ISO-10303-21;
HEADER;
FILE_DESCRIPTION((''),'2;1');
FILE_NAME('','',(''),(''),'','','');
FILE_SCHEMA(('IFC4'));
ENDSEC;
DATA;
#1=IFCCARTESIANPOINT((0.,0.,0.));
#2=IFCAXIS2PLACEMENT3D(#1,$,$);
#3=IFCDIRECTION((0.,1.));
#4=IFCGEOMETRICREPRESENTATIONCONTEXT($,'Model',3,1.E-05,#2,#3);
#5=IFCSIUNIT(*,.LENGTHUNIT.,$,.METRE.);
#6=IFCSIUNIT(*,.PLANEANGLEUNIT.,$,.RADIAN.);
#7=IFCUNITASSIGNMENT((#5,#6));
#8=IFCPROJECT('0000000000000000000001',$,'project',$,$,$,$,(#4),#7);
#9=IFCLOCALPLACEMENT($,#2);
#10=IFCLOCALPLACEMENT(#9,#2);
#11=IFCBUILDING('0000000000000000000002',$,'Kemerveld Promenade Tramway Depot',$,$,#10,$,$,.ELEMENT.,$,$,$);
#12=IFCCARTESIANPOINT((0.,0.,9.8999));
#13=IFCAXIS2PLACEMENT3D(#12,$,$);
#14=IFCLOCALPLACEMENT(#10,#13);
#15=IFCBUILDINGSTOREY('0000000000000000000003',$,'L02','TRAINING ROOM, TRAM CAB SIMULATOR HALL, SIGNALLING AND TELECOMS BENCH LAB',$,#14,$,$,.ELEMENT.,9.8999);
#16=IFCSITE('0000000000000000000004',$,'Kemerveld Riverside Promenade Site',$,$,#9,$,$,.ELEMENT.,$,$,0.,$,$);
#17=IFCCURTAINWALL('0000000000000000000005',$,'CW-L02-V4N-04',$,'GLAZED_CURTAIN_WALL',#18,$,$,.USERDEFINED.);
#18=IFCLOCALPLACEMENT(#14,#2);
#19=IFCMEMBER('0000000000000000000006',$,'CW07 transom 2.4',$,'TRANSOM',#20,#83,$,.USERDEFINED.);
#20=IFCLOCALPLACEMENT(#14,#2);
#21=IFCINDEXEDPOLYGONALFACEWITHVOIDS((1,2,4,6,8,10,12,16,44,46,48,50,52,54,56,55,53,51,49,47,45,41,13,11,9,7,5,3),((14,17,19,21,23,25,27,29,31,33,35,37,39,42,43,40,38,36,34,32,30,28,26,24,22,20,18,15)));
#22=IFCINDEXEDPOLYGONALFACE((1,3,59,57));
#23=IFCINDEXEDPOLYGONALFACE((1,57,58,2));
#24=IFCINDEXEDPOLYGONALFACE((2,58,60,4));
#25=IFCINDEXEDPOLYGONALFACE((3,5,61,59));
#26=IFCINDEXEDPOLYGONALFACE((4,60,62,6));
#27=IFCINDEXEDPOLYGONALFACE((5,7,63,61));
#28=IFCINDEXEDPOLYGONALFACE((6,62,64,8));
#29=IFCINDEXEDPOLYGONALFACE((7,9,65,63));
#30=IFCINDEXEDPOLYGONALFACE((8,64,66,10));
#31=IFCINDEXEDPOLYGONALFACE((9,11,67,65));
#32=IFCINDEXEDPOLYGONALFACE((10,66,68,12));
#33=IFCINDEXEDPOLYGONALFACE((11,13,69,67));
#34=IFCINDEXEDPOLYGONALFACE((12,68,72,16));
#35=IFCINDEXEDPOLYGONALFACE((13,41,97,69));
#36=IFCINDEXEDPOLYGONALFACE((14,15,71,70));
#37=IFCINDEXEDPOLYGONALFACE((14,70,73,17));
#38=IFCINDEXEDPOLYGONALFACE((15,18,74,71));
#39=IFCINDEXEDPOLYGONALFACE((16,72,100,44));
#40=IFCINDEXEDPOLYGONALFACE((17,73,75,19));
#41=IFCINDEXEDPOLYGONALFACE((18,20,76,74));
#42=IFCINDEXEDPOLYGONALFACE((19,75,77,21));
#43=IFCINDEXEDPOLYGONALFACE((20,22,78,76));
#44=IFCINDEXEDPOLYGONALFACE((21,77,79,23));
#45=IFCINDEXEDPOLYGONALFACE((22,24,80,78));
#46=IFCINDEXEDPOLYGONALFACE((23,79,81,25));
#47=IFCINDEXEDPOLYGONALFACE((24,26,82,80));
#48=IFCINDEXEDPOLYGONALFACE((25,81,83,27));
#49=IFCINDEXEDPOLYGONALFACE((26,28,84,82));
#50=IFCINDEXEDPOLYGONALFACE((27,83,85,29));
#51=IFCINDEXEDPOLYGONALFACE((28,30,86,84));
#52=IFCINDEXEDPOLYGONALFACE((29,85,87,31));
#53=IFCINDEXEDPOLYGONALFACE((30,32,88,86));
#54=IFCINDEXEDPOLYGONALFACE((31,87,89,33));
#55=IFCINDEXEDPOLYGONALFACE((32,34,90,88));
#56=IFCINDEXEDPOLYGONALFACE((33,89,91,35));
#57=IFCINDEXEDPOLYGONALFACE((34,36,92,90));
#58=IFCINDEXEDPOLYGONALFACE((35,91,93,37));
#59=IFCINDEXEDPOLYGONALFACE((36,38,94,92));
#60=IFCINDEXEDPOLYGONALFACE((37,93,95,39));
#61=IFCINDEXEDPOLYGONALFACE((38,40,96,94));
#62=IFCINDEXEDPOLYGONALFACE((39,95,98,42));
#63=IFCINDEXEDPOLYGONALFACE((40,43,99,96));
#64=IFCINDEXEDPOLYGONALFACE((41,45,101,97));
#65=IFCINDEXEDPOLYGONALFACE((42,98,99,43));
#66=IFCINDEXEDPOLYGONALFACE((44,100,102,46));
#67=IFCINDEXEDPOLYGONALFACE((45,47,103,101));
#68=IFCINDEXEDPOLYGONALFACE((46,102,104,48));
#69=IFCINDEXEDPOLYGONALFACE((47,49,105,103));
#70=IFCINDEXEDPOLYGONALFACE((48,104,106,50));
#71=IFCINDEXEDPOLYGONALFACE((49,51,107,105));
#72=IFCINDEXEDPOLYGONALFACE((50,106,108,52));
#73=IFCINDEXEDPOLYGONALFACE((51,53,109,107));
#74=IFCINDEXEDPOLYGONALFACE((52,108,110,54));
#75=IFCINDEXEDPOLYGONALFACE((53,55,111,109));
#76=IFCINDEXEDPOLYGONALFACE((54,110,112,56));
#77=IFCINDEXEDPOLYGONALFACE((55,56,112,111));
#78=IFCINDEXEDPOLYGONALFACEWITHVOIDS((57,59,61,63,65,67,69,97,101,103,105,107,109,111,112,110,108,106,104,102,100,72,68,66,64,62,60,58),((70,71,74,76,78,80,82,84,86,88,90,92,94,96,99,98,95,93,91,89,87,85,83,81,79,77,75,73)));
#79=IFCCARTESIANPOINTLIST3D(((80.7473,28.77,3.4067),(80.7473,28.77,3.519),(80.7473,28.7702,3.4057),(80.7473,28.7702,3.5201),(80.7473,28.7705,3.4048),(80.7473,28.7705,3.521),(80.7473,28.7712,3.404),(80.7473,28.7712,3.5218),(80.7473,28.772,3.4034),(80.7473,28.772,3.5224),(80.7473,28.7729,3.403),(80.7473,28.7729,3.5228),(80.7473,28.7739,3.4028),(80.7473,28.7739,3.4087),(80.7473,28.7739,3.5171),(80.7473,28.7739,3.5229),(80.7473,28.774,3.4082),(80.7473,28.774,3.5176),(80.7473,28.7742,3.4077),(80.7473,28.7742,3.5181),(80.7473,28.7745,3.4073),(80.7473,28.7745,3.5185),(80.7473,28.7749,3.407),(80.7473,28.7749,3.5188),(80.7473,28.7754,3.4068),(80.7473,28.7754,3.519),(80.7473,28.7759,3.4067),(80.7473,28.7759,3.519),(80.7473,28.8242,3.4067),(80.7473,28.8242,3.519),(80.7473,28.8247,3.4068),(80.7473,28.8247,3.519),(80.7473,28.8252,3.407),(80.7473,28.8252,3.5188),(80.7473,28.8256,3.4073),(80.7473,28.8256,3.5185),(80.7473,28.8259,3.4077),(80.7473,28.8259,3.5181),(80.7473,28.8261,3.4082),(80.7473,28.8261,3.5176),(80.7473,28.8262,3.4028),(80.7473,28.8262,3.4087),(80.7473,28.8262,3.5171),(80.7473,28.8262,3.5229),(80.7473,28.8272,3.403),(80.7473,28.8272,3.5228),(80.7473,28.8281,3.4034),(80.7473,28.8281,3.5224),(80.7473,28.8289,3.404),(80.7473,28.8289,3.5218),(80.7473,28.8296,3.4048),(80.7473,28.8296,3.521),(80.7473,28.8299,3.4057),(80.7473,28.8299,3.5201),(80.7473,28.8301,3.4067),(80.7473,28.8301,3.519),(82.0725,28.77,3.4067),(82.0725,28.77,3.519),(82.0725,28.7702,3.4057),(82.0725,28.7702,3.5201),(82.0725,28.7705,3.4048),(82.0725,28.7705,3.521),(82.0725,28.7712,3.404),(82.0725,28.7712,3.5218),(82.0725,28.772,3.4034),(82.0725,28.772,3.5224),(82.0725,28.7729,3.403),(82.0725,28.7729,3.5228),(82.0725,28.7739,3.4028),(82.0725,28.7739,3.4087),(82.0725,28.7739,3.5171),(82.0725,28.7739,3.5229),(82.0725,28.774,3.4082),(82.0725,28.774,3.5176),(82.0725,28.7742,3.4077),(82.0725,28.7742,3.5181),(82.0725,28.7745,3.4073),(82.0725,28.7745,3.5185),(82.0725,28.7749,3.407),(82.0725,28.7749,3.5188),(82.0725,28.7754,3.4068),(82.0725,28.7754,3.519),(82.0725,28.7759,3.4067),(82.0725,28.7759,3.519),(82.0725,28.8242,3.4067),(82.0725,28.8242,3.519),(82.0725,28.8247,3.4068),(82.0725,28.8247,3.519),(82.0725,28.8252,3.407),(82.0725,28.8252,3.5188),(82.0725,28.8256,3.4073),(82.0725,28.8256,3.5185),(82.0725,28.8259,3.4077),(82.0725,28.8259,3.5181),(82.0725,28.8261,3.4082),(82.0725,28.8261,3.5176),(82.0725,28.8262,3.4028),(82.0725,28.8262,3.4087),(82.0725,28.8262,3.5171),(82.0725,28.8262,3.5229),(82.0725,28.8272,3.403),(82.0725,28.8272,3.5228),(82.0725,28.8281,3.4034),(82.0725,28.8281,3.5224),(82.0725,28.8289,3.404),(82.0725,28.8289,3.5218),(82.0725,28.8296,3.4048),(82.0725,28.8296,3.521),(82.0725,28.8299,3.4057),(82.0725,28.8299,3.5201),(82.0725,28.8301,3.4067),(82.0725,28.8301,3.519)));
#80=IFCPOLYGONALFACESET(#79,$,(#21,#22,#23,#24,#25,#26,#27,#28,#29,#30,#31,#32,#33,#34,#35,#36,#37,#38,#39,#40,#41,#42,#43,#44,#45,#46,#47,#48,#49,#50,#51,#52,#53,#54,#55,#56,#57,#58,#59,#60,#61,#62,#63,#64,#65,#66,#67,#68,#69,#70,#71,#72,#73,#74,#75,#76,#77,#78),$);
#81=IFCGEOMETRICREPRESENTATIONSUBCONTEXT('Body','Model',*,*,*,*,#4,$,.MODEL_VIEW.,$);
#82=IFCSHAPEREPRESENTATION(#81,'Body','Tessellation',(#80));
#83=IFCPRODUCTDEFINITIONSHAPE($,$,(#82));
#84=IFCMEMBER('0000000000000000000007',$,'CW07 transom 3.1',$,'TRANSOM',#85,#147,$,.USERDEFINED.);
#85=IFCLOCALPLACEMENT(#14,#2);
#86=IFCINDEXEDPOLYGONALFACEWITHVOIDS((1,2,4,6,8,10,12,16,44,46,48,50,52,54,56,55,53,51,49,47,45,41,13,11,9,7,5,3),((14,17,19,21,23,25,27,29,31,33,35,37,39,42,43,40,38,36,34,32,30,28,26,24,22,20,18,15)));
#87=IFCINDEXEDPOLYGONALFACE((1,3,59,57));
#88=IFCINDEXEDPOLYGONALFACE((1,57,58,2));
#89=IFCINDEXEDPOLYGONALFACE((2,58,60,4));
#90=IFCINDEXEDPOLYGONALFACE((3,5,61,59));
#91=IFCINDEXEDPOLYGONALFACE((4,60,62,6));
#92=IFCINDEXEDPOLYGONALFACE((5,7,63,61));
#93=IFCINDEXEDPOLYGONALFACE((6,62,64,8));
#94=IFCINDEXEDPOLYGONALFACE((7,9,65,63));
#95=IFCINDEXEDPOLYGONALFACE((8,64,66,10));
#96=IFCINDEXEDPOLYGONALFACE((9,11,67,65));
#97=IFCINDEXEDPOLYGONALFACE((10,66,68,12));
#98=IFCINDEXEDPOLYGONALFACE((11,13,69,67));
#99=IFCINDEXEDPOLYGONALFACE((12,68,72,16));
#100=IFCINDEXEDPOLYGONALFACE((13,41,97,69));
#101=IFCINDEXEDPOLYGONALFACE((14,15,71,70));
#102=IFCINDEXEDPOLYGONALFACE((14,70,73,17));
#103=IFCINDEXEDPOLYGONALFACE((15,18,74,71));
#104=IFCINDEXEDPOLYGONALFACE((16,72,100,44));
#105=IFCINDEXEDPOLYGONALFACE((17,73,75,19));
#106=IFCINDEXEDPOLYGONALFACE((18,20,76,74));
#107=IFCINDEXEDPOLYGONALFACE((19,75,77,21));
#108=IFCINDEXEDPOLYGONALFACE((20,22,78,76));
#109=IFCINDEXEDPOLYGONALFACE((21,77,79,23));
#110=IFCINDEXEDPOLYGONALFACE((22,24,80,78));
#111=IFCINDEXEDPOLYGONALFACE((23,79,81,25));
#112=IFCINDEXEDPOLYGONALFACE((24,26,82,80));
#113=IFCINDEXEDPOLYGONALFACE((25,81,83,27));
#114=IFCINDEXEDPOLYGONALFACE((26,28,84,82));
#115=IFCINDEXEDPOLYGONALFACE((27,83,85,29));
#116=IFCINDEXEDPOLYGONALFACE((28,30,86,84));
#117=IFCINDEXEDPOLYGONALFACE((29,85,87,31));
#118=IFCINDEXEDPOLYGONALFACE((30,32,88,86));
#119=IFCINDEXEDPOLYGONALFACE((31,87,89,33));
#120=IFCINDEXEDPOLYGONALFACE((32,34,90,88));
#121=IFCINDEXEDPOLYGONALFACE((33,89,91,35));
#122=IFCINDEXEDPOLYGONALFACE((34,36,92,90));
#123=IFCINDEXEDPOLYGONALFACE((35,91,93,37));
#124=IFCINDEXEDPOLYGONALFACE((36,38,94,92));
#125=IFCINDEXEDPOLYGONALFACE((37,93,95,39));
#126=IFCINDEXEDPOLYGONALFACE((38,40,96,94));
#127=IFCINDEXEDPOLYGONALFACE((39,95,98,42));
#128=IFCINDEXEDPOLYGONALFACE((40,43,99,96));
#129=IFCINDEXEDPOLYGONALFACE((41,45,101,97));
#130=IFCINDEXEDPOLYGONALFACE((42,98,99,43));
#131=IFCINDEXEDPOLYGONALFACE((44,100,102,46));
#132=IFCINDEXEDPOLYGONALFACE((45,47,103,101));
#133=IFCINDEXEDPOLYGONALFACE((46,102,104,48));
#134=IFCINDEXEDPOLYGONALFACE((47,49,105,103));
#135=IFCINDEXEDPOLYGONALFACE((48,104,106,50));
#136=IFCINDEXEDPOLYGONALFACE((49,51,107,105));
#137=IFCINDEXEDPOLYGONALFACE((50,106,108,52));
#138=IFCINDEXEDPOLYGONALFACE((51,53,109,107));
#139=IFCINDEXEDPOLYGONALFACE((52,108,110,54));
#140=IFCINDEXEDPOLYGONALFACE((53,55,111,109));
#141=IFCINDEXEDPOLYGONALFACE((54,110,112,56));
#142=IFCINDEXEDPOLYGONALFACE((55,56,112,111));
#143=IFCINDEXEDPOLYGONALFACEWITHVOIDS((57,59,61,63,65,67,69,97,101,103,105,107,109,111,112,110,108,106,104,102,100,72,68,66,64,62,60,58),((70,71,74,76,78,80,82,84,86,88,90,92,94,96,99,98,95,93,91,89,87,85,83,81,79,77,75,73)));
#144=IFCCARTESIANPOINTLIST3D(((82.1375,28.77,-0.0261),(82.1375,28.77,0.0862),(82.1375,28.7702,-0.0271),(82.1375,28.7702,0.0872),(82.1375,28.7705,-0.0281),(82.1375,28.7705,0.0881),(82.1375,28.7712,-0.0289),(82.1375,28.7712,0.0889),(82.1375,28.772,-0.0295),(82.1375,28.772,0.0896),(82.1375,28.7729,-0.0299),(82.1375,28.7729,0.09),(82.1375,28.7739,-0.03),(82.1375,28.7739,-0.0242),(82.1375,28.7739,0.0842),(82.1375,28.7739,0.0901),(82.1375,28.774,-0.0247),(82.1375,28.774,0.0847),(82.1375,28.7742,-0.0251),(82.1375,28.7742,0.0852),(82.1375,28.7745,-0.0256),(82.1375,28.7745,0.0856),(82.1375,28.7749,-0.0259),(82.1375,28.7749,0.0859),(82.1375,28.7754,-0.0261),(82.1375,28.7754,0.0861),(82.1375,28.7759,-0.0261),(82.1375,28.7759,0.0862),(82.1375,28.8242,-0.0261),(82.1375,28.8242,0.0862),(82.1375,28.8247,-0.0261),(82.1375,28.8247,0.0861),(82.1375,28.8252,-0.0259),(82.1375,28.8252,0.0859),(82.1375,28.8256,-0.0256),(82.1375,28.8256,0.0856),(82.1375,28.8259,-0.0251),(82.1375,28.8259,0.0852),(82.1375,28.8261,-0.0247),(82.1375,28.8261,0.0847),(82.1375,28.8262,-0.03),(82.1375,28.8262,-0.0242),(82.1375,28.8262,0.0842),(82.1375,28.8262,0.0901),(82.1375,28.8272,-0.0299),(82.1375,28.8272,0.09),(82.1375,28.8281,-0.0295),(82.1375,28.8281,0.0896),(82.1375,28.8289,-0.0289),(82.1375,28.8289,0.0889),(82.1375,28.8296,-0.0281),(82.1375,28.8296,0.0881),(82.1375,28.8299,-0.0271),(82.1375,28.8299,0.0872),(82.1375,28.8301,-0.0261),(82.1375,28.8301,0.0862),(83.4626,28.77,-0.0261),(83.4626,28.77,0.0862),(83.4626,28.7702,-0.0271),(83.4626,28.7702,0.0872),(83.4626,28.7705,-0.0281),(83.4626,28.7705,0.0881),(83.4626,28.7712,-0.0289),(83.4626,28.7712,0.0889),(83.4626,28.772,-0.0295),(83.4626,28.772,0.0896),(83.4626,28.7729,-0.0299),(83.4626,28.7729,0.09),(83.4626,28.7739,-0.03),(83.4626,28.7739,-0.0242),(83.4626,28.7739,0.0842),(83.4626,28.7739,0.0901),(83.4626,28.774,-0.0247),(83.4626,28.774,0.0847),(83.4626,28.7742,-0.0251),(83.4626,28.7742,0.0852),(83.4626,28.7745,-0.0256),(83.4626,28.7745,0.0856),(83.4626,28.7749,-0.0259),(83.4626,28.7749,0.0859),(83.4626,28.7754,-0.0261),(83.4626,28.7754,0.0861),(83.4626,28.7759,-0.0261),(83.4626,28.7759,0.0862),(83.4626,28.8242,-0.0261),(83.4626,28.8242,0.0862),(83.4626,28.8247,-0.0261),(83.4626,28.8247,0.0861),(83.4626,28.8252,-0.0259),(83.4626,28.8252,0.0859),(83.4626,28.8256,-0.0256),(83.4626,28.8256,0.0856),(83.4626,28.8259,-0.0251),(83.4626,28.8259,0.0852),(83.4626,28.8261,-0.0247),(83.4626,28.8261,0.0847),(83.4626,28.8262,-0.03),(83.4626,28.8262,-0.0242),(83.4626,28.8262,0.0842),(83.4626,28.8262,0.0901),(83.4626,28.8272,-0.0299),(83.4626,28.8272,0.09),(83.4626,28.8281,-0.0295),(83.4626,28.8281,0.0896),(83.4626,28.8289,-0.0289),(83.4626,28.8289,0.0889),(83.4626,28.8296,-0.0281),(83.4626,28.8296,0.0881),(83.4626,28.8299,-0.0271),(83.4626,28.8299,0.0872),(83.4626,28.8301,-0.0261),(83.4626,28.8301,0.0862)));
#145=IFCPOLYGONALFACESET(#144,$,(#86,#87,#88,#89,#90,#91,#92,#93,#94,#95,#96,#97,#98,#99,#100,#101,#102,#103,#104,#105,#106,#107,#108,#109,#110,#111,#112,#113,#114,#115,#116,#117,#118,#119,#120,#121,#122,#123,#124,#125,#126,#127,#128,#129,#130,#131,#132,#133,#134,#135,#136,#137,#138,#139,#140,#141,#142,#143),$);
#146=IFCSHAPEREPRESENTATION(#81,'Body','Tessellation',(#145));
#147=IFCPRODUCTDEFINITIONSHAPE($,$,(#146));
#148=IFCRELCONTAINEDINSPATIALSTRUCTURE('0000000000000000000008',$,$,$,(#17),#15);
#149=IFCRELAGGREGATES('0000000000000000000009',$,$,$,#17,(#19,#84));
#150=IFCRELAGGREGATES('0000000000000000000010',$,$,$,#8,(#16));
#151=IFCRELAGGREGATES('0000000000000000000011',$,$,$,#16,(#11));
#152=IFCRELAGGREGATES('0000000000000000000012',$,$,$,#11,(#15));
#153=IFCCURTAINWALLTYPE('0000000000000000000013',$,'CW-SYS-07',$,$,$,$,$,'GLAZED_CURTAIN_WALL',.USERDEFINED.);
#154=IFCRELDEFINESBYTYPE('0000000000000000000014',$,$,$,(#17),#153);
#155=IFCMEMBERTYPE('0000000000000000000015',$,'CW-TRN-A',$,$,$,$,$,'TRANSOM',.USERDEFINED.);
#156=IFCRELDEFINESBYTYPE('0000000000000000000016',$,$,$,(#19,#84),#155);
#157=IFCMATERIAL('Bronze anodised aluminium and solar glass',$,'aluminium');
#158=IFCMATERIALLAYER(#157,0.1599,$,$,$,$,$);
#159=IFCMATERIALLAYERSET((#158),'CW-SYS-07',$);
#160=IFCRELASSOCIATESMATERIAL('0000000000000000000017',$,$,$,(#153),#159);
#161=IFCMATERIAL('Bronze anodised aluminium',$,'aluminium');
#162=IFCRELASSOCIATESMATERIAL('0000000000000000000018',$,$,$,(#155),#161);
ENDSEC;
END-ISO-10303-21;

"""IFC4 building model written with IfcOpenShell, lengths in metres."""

from ifc_helpers import new_model, si_unit, direction, frame, origin, origin_2d, place, context, subcontext, project, spatial, hollow_rectangle, extrude, material, layer, layer_set, material_profile, profile_set, type_object, element, aggregate, save


model = new_model("IFC4")

# Units and contexts
model_context = context("Model", 3, precision=1e-05, world=origin(), true_north=direction((0.0, 1.0)))
body_context = subcontext(model_context, "Body", "Model", "MODEL_VIEW")
ifc_project = project(units=[si_unit("LENGTHUNIT", "METRE"), si_unit("PLANEANGLEUNIT", "RADIAN")], contexts=[model_context])

# Site, building, storey
site_placement = place(None, origin())
site = spatial("IfcSite", under=ifc_project, at=site_placement, Name="Kemerveld Riverside Promenade Site", CompositionType="ELEMENT", RefElevation=0.0)
building_placement = place(site_placement, origin())
building = spatial("IfcBuilding", under=site, at=building_placement, Name="Kemerveld Promenade Tramway Depot", CompositionType="ELEMENT")
storey_placement = place(building_placement, frame((0.0, 0.0, 9.8999)))
storey = spatial("IfcBuildingStorey", under=building, at=storey_placement, Name="L02", Description="TRAINING ROOM, TRAM CAB SIMULATOR HALL, SIGNALLING AND TELECOMS BENCH LAB", CompositionType="ELEMENT", Elevation=9.8999)

# Curtain wall, members
ifc_material_1 = material(Name="Bronze anodised aluminium and solar glass", Category="aluminium")
ifc_layer_1 = layer(ifc_material_1, 0.1599)
ifc_layer_set_1 = layer_set([ifc_layer_1], Name="CW-SYS-07")
curtain_wall_type = type_object("IfcCurtainWallType", Name="CW-SYS-07", ElementType="GLAZED_CURTAIN_WALL", PredefinedType="USERDEFINED", material=ifc_layer_set_1)
curtain_wall_placement = place(storey_placement, origin())
curtain_wall = element("IfcCurtainWall", 1, at=curtain_wall_placement, inside=storey, type_object=curtain_wall_type, Name="CW-L02-V4N-04", ObjectType="GLAZED_CURTAIN_WALL", PredefinedType="USERDEFINED")
ifc_material_2 = material(Name="Bronze anodised aluminium", Category="aluminium")
ifc_material_profile_1 = material_profile(ifc_material_2, hollow_rectangle(XDim=0.0601, YDim=0.1201, WallThickness=0.0039, InnerFilletRadius=0.002, OuterFilletRadius=0.0039, at=origin_2d()), Name="CW-TRN-120x60")
ifc_profile_set_1 = profile_set([ifc_material_profile_1], Name="Bronze anodised aluminium")
member_type_1 = type_object("IfcMemberType", Name="CW-TRN-A", ElementType="TRANSOM", PredefinedType="USERDEFINED", material=ifc_profile_set_1)
member_1_placement = place(storey_placement, frame((80.7473, 28.8, 3.4629), z_axis=(1.0, 0.0, 0.0), x_axis=(0.0, 1.0, 0.0)))
member_1 = element("IfcMember", 2, at=member_1_placement, type_object=member_type_1, Name="CW07 transom 2.4", ObjectType="TRANSOM", PredefinedType="USERDEFINED", context=body_context, shape_type="SweptSolid", body=[
    extrude(hollow_rectangle(XDim=0.0601, YDim=0.1201, WallThickness=0.0039, InnerFilletRadius=0.002, OuterFilletRadius=0.0039, at=origin_2d()), origin(), (0.0, 0.0, 1.0), 1.3252),
])
member_2_placement = place(storey_placement, frame((82.1375, 28.8, 0.03), z_axis=(1.0, 0.0, 0.0), x_axis=(0.0, 1.0, 0.0)))
member_2 = element("IfcMember", 3, at=member_2_placement, type_object=member_type_1, Name="CW07 transom 3.1", ObjectType="TRANSOM", PredefinedType="USERDEFINED", context=body_context, shape_type="SweptSolid", body=[
    extrude(hollow_rectangle(XDim=0.0601, YDim=0.1201, WallThickness=0.0039, InnerFilletRadius=0.002, OuterFilletRadius=0.0039, at=origin_2d()), origin(), (0.0, 0.0, 1.0), 1.3252),
])
aggregate(curtain_wall, [member_1, member_2])

save(model, "model.ifc")
